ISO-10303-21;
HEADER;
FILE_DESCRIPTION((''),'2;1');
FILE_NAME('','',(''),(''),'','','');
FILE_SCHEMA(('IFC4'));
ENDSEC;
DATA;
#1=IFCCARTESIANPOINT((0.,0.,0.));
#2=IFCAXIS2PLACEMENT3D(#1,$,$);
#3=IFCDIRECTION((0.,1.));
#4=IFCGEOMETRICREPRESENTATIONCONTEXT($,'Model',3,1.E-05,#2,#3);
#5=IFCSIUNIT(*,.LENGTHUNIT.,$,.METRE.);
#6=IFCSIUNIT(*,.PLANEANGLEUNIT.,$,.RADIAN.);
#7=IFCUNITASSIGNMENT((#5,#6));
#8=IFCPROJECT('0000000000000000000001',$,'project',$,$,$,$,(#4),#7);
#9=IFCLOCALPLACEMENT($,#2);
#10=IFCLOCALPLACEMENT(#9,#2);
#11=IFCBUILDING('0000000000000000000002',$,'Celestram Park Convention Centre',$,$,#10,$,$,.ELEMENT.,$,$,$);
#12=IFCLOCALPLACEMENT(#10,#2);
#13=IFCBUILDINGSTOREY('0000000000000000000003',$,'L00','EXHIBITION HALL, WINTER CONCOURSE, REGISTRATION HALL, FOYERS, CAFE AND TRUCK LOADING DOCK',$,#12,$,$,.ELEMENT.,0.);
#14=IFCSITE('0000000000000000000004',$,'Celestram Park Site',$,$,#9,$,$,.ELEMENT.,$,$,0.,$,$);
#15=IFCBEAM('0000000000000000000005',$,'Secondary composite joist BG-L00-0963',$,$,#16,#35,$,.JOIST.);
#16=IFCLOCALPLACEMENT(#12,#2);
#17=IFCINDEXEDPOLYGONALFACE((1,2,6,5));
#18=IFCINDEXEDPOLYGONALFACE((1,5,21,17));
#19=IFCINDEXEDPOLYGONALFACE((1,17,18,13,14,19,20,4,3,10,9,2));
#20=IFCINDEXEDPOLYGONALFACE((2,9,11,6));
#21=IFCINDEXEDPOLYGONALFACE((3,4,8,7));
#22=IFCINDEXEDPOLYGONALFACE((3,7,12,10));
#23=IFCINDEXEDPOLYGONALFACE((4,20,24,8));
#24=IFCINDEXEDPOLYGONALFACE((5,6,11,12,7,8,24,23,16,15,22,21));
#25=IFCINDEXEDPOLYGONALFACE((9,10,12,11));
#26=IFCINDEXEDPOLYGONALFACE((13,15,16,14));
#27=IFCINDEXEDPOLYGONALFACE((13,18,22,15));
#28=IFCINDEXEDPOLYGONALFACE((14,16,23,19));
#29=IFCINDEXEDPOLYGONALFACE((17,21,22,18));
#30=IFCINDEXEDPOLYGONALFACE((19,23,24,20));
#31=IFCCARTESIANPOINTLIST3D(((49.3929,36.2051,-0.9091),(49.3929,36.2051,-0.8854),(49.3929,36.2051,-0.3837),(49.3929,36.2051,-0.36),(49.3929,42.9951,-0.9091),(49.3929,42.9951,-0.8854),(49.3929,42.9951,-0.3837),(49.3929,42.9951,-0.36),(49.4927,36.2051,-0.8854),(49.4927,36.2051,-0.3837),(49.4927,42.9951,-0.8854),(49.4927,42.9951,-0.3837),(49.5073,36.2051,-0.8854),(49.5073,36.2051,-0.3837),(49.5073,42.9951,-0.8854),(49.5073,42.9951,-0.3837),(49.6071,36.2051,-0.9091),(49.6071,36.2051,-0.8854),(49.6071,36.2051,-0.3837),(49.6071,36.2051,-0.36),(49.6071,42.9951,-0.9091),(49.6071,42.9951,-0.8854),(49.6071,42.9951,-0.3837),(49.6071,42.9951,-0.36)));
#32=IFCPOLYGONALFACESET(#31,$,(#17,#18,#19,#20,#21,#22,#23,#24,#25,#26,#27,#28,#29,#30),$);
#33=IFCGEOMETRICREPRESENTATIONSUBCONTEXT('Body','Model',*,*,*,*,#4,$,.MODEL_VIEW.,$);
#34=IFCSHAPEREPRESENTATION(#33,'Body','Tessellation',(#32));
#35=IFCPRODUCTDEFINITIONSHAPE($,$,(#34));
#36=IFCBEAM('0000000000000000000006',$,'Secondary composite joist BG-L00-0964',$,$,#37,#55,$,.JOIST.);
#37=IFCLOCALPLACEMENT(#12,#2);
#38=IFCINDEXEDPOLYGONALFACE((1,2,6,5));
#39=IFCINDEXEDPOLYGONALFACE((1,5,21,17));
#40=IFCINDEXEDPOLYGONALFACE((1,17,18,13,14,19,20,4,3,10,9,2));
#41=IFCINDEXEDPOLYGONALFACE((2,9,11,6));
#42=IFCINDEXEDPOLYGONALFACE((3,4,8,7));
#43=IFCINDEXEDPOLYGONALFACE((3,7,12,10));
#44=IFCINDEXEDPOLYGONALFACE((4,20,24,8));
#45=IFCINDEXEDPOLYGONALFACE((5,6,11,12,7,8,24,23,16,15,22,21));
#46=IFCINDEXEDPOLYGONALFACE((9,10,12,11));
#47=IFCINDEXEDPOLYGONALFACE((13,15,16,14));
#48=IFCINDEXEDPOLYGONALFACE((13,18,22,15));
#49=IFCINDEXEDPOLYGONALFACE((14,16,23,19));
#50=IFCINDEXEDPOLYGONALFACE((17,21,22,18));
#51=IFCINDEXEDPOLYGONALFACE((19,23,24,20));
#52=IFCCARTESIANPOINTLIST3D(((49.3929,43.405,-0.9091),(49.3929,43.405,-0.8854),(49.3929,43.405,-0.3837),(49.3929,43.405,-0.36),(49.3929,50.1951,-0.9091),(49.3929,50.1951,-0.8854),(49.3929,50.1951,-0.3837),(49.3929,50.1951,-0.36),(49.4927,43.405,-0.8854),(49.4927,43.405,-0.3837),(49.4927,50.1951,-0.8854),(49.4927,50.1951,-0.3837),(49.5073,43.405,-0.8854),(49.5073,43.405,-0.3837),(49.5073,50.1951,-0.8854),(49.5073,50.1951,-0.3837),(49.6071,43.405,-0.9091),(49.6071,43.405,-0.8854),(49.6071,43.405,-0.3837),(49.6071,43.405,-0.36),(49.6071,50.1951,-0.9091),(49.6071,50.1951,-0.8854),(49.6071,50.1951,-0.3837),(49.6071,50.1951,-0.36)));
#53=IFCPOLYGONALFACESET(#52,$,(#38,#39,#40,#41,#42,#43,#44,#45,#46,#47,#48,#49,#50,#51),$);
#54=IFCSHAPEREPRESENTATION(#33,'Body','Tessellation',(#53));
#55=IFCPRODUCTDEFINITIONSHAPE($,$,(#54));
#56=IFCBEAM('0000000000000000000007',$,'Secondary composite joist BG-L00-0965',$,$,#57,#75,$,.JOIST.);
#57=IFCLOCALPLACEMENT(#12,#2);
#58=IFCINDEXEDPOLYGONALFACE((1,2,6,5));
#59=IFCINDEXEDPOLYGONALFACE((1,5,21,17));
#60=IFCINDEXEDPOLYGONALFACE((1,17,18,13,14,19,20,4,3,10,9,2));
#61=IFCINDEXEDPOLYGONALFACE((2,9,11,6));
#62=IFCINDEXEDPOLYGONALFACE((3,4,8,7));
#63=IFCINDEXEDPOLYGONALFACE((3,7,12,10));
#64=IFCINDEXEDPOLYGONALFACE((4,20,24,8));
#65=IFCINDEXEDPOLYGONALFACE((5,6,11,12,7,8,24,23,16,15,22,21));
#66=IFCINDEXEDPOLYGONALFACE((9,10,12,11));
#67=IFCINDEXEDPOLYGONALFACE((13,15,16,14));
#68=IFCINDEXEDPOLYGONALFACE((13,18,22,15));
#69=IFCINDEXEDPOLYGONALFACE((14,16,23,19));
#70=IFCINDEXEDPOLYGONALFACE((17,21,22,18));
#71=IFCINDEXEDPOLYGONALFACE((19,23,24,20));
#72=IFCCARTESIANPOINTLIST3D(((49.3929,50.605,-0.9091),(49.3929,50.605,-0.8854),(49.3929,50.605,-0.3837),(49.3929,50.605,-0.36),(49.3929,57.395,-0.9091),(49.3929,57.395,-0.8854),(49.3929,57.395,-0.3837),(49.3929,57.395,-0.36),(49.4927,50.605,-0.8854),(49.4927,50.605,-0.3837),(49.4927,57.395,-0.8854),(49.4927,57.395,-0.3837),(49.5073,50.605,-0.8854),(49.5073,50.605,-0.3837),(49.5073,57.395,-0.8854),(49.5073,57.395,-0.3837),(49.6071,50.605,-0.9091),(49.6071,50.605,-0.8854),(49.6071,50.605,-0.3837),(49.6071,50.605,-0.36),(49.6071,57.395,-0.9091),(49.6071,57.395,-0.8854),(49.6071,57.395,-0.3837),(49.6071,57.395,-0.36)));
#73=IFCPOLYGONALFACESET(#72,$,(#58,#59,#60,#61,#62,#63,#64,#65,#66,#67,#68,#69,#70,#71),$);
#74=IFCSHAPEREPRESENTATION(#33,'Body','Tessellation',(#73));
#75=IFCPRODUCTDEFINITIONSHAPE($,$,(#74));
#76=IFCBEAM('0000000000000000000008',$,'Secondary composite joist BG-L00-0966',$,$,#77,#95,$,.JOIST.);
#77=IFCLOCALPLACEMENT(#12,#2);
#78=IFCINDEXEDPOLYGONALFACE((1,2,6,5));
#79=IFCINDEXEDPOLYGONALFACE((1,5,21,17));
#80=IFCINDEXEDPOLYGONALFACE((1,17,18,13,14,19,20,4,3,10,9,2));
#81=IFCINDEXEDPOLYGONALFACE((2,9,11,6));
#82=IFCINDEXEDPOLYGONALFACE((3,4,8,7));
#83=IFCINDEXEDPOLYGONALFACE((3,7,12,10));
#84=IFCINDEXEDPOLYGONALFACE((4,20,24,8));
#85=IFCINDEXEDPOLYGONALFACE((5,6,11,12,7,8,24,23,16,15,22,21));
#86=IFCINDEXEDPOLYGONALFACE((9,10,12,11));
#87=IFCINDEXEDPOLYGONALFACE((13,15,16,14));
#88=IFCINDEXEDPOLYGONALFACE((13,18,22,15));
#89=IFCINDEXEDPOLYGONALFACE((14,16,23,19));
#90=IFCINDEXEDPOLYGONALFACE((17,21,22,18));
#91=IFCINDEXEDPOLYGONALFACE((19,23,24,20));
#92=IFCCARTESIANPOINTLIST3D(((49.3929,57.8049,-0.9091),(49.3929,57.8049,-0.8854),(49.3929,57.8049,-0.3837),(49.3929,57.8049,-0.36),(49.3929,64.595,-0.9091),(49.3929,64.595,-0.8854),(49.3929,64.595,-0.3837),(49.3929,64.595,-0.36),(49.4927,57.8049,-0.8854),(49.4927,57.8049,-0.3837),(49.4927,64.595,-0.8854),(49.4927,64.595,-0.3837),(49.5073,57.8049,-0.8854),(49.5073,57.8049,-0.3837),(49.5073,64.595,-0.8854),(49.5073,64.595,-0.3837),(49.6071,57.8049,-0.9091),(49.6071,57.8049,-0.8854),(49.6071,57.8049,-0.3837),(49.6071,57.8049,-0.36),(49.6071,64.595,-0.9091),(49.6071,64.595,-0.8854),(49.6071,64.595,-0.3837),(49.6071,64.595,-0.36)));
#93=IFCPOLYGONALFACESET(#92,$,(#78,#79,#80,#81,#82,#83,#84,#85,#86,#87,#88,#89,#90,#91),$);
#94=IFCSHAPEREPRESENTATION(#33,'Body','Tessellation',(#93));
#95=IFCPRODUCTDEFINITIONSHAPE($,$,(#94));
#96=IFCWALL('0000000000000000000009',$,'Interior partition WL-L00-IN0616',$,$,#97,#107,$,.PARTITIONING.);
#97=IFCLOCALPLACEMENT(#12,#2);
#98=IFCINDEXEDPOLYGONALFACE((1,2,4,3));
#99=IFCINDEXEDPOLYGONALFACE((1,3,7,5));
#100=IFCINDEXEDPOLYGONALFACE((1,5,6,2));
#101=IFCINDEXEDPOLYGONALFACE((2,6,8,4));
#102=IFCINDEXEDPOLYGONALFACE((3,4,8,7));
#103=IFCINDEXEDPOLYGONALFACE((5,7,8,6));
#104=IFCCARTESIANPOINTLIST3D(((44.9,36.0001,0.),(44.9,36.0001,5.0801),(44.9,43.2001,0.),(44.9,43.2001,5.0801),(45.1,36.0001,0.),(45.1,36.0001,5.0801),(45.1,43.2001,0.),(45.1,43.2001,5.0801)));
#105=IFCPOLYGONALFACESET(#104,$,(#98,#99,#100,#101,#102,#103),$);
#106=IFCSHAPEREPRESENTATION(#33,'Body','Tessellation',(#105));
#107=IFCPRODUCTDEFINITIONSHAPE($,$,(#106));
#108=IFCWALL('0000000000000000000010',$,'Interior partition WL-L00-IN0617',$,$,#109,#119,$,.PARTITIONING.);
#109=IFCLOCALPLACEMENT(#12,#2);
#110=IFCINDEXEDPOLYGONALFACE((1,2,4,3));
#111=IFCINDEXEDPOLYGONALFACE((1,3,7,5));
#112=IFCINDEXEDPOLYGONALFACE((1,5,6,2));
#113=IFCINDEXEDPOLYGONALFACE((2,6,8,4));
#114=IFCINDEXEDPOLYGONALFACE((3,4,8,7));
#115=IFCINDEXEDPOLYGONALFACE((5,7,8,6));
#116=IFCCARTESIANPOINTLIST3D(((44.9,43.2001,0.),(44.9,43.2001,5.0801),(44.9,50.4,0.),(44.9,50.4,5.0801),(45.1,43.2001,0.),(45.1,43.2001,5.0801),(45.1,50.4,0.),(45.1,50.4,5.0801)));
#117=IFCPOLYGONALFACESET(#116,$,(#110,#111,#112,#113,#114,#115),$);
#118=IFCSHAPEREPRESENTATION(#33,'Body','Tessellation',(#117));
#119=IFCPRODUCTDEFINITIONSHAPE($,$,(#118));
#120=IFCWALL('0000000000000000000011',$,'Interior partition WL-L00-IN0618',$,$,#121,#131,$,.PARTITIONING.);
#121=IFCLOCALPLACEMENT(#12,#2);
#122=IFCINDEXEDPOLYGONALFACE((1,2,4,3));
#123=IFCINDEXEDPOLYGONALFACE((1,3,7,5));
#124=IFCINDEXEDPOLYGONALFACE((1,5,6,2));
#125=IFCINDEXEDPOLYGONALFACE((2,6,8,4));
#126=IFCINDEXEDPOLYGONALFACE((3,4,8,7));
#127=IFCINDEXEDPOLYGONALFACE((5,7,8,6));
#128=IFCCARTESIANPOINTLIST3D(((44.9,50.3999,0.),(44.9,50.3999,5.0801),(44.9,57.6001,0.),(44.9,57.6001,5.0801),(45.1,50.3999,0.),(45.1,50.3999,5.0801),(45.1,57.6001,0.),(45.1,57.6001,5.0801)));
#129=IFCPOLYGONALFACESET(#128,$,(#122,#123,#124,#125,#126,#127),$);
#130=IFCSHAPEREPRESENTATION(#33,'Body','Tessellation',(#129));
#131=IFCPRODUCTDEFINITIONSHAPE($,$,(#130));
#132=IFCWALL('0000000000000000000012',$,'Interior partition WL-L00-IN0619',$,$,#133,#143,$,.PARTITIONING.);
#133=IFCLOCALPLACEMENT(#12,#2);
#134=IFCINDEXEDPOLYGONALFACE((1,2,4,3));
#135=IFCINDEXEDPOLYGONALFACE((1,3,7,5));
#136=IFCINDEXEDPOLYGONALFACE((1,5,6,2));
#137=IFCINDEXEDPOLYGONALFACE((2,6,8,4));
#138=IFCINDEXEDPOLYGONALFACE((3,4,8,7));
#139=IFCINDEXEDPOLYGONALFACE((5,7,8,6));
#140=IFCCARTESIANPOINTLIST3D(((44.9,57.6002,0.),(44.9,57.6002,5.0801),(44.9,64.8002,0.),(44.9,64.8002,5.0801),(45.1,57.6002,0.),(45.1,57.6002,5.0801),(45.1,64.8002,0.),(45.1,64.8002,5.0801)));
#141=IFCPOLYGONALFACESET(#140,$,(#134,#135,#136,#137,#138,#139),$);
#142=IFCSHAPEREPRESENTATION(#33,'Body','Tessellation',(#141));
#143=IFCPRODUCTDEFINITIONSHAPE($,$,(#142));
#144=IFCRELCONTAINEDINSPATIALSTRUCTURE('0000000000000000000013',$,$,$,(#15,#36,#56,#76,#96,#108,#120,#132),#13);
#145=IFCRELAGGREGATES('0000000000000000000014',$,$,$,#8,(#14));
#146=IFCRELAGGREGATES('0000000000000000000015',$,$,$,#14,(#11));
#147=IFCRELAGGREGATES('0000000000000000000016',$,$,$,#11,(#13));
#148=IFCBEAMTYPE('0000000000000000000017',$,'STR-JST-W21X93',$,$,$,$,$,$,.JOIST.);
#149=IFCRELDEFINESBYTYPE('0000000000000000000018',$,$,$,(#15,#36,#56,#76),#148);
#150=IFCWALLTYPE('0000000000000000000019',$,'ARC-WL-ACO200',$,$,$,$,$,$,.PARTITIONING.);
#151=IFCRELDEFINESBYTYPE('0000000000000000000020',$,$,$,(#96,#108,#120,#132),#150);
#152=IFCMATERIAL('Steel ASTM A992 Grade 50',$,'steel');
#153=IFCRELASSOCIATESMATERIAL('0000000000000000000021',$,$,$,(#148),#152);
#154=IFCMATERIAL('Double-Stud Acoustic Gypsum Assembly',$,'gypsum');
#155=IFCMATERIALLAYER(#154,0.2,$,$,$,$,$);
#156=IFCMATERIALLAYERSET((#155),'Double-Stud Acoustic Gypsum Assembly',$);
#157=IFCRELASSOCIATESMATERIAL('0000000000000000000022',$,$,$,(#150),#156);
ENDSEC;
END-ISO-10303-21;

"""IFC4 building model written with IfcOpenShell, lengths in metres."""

from ifc_helpers import new_model, si_unit, direction, frame, frame_2d, origin, origin_2d, place, context, subcontext, project, spatial, rectangle, i_section, extrude, material, layer, layer_set, material_profile, profile_set, type_object, element, save


model = new_model("IFC4")

# Units and contexts
model_context = context("Model", 3, precision=1e-05, world=origin(), true_north=direction((0.0, 1.0)))
body_context = subcontext(model_context, "Body", "Model", "MODEL_VIEW")
ifc_project = project(units=[si_unit("LENGTHUNIT", "METRE"), si_unit("PLANEANGLEUNIT", "RADIAN")], contexts=[model_context])

# Site, building, storey
site_placement = place(None, origin())
site = spatial("IfcSite", under=ifc_project, at=site_placement, Name="Celestram Park Site", CompositionType="ELEMENT", RefElevation=0.0)
building_placement = place(site_placement, origin())
building = spatial("IfcBuilding", under=site, at=building_placement, Name="Celestram Park Convention Centre", CompositionType="ELEMENT")
storey_placement = place(building_placement, origin())
storey = spatial("IfcBuildingStorey", under=building, at=storey_placement, Name="L00", Description="EXHIBITION HALL, WINTER CONCOURSE, REGISTRATION HALL, FOYERS, CAFE AND TRUCK LOADING DOCK", CompositionType="ELEMENT", Elevation=0.0)

# Beams
ifc_material_1 = material(Name="Steel ASTM A992 Grade 50", Category="steel")
ifc_material_profile_1 = material_profile(ifc_material_1, i_section(OverallWidth=0.2141, OverallDepth=0.5491, WebThickness=0.0146, FlangeThickness=0.0237, at=origin_2d()), Name="W21X93")
ifc_profile_set_1 = profile_set([ifc_material_profile_1], Name="Steel ASTM A992 Grade 50")
beam_type_1 = type_object("IfcBeamType", Name="STR-JST-W21X93", PredefinedType="JOIST", material=ifc_profile_set_1)
for number, where, z_axis, x_axis, name in (
    (1, (49.5, 36.2051, -0.6345), (0.0, 1.0, 0.0), (-1.0, 0.0, 0.0), "Secondary composite joist BG-L00-0963"),
    (2, (49.5, 43.405, -0.6345), (0.0, 1.0, 0.0), (-1.0, 0.0, 0.0), "Secondary composite joist BG-L00-0964"),
    (3, (49.5, 50.605, -0.6345), (0.0, 1.0, 0.0), (-1.0, 0.0, 0.0), "Secondary composite joist BG-L00-0965"),
    (4, (49.5, 57.8049, -0.6345), (0.0, 1.0, 0.0), (-1.0, 0.0, 0.0), "Secondary composite joist BG-L00-0966"),
):
    element("IfcBeam", number, at=place(storey_placement, frame(where, z_axis=z_axis, x_axis=x_axis)), inside=storey, type_object=beam_type_1, Name=name, PredefinedType="JOIST", context=body_context, shape_type="SweptSolid", body=[
        extrude(i_section(OverallWidth=0.2141, OverallDepth=0.5491, WebThickness=0.0146, FlangeThickness=0.0237, at=origin_2d()), origin(), (0.0, 0.0, 1.0), 6.79),
    ])

# Walls
ifc_material_2 = material(Name="Double-Stud Acoustic Gypsum Assembly", Category="gypsum")
ifc_layer = layer(ifc_material_2, 0.2)
ifc_layer_set = layer_set([ifc_layer], Name="Double-Stud Acoustic Gypsum Assembly")
wall_type = type_object("IfcWallType", Name="ARC-WL-ACO200", PredefinedType="PARTITIONING", material=ifc_layer_set)
for number, where, z_axis, x_axis, name in (
    (5, (45.0, 36.0, 0.0), (0.0, 0.0, 1.0), (0.0, 1.0, 0.0), "Interior partition WL-L00-IN0616"),
    (6, (45.0, 43.2, 0.0), (0.0, 0.0, 1.0), (0.0, 1.0, 0.0), "Interior partition WL-L00-IN0617"),
):
    element("IfcWall", number, at=place(storey_placement, frame(where, z_axis=z_axis, x_axis=x_axis)), inside=storey, type_object=wall_type, Name=name, PredefinedType="PARTITIONING", context=body_context, shape_type="SweptSolid", body=[
        extrude(rectangle(XDim=7.2, YDim=0.2, at=frame_2d((3.6001, 0.0))), origin(), (0.0, 0.0, 1.0), 5.0801),
    ])
wall_1_placement = place(storey_placement, frame((45.0, 50.3999, 0.0), z_axis=(0.0, 0.0, 1.0), x_axis=(0.0, 1.0, 0.0)))
element("IfcWall", 7, at=wall_1_placement, inside=storey, type_object=wall_type, Name="Interior partition WL-L00-IN0618", PredefinedType="PARTITIONING", context=body_context, shape_type="SweptSolid", body=[
    extrude(rectangle(XDim=7.2002, YDim=0.2, at=frame_2d((3.6001, 0.0))), origin(), (0.0, 0.0, 1.0), 5.0801),
])
wall_2_placement = place(storey_placement, frame((45.0, 57.6001, 0.0), z_axis=(0.0, 0.0, 1.0), x_axis=(0.0, 1.0, 0.0)))
element("IfcWall", 8, at=wall_2_placement, inside=storey, type_object=wall_type, Name="Interior partition WL-L00-IN0619", PredefinedType="PARTITIONING", context=body_context, shape_type="SweptSolid", body=[
    extrude(rectangle(XDim=7.2, YDim=0.2, at=frame_2d((3.6001, 0.0))), origin(), (0.0, 0.0, 1.0), 5.0801),
])

save(model, "model.ifc")
